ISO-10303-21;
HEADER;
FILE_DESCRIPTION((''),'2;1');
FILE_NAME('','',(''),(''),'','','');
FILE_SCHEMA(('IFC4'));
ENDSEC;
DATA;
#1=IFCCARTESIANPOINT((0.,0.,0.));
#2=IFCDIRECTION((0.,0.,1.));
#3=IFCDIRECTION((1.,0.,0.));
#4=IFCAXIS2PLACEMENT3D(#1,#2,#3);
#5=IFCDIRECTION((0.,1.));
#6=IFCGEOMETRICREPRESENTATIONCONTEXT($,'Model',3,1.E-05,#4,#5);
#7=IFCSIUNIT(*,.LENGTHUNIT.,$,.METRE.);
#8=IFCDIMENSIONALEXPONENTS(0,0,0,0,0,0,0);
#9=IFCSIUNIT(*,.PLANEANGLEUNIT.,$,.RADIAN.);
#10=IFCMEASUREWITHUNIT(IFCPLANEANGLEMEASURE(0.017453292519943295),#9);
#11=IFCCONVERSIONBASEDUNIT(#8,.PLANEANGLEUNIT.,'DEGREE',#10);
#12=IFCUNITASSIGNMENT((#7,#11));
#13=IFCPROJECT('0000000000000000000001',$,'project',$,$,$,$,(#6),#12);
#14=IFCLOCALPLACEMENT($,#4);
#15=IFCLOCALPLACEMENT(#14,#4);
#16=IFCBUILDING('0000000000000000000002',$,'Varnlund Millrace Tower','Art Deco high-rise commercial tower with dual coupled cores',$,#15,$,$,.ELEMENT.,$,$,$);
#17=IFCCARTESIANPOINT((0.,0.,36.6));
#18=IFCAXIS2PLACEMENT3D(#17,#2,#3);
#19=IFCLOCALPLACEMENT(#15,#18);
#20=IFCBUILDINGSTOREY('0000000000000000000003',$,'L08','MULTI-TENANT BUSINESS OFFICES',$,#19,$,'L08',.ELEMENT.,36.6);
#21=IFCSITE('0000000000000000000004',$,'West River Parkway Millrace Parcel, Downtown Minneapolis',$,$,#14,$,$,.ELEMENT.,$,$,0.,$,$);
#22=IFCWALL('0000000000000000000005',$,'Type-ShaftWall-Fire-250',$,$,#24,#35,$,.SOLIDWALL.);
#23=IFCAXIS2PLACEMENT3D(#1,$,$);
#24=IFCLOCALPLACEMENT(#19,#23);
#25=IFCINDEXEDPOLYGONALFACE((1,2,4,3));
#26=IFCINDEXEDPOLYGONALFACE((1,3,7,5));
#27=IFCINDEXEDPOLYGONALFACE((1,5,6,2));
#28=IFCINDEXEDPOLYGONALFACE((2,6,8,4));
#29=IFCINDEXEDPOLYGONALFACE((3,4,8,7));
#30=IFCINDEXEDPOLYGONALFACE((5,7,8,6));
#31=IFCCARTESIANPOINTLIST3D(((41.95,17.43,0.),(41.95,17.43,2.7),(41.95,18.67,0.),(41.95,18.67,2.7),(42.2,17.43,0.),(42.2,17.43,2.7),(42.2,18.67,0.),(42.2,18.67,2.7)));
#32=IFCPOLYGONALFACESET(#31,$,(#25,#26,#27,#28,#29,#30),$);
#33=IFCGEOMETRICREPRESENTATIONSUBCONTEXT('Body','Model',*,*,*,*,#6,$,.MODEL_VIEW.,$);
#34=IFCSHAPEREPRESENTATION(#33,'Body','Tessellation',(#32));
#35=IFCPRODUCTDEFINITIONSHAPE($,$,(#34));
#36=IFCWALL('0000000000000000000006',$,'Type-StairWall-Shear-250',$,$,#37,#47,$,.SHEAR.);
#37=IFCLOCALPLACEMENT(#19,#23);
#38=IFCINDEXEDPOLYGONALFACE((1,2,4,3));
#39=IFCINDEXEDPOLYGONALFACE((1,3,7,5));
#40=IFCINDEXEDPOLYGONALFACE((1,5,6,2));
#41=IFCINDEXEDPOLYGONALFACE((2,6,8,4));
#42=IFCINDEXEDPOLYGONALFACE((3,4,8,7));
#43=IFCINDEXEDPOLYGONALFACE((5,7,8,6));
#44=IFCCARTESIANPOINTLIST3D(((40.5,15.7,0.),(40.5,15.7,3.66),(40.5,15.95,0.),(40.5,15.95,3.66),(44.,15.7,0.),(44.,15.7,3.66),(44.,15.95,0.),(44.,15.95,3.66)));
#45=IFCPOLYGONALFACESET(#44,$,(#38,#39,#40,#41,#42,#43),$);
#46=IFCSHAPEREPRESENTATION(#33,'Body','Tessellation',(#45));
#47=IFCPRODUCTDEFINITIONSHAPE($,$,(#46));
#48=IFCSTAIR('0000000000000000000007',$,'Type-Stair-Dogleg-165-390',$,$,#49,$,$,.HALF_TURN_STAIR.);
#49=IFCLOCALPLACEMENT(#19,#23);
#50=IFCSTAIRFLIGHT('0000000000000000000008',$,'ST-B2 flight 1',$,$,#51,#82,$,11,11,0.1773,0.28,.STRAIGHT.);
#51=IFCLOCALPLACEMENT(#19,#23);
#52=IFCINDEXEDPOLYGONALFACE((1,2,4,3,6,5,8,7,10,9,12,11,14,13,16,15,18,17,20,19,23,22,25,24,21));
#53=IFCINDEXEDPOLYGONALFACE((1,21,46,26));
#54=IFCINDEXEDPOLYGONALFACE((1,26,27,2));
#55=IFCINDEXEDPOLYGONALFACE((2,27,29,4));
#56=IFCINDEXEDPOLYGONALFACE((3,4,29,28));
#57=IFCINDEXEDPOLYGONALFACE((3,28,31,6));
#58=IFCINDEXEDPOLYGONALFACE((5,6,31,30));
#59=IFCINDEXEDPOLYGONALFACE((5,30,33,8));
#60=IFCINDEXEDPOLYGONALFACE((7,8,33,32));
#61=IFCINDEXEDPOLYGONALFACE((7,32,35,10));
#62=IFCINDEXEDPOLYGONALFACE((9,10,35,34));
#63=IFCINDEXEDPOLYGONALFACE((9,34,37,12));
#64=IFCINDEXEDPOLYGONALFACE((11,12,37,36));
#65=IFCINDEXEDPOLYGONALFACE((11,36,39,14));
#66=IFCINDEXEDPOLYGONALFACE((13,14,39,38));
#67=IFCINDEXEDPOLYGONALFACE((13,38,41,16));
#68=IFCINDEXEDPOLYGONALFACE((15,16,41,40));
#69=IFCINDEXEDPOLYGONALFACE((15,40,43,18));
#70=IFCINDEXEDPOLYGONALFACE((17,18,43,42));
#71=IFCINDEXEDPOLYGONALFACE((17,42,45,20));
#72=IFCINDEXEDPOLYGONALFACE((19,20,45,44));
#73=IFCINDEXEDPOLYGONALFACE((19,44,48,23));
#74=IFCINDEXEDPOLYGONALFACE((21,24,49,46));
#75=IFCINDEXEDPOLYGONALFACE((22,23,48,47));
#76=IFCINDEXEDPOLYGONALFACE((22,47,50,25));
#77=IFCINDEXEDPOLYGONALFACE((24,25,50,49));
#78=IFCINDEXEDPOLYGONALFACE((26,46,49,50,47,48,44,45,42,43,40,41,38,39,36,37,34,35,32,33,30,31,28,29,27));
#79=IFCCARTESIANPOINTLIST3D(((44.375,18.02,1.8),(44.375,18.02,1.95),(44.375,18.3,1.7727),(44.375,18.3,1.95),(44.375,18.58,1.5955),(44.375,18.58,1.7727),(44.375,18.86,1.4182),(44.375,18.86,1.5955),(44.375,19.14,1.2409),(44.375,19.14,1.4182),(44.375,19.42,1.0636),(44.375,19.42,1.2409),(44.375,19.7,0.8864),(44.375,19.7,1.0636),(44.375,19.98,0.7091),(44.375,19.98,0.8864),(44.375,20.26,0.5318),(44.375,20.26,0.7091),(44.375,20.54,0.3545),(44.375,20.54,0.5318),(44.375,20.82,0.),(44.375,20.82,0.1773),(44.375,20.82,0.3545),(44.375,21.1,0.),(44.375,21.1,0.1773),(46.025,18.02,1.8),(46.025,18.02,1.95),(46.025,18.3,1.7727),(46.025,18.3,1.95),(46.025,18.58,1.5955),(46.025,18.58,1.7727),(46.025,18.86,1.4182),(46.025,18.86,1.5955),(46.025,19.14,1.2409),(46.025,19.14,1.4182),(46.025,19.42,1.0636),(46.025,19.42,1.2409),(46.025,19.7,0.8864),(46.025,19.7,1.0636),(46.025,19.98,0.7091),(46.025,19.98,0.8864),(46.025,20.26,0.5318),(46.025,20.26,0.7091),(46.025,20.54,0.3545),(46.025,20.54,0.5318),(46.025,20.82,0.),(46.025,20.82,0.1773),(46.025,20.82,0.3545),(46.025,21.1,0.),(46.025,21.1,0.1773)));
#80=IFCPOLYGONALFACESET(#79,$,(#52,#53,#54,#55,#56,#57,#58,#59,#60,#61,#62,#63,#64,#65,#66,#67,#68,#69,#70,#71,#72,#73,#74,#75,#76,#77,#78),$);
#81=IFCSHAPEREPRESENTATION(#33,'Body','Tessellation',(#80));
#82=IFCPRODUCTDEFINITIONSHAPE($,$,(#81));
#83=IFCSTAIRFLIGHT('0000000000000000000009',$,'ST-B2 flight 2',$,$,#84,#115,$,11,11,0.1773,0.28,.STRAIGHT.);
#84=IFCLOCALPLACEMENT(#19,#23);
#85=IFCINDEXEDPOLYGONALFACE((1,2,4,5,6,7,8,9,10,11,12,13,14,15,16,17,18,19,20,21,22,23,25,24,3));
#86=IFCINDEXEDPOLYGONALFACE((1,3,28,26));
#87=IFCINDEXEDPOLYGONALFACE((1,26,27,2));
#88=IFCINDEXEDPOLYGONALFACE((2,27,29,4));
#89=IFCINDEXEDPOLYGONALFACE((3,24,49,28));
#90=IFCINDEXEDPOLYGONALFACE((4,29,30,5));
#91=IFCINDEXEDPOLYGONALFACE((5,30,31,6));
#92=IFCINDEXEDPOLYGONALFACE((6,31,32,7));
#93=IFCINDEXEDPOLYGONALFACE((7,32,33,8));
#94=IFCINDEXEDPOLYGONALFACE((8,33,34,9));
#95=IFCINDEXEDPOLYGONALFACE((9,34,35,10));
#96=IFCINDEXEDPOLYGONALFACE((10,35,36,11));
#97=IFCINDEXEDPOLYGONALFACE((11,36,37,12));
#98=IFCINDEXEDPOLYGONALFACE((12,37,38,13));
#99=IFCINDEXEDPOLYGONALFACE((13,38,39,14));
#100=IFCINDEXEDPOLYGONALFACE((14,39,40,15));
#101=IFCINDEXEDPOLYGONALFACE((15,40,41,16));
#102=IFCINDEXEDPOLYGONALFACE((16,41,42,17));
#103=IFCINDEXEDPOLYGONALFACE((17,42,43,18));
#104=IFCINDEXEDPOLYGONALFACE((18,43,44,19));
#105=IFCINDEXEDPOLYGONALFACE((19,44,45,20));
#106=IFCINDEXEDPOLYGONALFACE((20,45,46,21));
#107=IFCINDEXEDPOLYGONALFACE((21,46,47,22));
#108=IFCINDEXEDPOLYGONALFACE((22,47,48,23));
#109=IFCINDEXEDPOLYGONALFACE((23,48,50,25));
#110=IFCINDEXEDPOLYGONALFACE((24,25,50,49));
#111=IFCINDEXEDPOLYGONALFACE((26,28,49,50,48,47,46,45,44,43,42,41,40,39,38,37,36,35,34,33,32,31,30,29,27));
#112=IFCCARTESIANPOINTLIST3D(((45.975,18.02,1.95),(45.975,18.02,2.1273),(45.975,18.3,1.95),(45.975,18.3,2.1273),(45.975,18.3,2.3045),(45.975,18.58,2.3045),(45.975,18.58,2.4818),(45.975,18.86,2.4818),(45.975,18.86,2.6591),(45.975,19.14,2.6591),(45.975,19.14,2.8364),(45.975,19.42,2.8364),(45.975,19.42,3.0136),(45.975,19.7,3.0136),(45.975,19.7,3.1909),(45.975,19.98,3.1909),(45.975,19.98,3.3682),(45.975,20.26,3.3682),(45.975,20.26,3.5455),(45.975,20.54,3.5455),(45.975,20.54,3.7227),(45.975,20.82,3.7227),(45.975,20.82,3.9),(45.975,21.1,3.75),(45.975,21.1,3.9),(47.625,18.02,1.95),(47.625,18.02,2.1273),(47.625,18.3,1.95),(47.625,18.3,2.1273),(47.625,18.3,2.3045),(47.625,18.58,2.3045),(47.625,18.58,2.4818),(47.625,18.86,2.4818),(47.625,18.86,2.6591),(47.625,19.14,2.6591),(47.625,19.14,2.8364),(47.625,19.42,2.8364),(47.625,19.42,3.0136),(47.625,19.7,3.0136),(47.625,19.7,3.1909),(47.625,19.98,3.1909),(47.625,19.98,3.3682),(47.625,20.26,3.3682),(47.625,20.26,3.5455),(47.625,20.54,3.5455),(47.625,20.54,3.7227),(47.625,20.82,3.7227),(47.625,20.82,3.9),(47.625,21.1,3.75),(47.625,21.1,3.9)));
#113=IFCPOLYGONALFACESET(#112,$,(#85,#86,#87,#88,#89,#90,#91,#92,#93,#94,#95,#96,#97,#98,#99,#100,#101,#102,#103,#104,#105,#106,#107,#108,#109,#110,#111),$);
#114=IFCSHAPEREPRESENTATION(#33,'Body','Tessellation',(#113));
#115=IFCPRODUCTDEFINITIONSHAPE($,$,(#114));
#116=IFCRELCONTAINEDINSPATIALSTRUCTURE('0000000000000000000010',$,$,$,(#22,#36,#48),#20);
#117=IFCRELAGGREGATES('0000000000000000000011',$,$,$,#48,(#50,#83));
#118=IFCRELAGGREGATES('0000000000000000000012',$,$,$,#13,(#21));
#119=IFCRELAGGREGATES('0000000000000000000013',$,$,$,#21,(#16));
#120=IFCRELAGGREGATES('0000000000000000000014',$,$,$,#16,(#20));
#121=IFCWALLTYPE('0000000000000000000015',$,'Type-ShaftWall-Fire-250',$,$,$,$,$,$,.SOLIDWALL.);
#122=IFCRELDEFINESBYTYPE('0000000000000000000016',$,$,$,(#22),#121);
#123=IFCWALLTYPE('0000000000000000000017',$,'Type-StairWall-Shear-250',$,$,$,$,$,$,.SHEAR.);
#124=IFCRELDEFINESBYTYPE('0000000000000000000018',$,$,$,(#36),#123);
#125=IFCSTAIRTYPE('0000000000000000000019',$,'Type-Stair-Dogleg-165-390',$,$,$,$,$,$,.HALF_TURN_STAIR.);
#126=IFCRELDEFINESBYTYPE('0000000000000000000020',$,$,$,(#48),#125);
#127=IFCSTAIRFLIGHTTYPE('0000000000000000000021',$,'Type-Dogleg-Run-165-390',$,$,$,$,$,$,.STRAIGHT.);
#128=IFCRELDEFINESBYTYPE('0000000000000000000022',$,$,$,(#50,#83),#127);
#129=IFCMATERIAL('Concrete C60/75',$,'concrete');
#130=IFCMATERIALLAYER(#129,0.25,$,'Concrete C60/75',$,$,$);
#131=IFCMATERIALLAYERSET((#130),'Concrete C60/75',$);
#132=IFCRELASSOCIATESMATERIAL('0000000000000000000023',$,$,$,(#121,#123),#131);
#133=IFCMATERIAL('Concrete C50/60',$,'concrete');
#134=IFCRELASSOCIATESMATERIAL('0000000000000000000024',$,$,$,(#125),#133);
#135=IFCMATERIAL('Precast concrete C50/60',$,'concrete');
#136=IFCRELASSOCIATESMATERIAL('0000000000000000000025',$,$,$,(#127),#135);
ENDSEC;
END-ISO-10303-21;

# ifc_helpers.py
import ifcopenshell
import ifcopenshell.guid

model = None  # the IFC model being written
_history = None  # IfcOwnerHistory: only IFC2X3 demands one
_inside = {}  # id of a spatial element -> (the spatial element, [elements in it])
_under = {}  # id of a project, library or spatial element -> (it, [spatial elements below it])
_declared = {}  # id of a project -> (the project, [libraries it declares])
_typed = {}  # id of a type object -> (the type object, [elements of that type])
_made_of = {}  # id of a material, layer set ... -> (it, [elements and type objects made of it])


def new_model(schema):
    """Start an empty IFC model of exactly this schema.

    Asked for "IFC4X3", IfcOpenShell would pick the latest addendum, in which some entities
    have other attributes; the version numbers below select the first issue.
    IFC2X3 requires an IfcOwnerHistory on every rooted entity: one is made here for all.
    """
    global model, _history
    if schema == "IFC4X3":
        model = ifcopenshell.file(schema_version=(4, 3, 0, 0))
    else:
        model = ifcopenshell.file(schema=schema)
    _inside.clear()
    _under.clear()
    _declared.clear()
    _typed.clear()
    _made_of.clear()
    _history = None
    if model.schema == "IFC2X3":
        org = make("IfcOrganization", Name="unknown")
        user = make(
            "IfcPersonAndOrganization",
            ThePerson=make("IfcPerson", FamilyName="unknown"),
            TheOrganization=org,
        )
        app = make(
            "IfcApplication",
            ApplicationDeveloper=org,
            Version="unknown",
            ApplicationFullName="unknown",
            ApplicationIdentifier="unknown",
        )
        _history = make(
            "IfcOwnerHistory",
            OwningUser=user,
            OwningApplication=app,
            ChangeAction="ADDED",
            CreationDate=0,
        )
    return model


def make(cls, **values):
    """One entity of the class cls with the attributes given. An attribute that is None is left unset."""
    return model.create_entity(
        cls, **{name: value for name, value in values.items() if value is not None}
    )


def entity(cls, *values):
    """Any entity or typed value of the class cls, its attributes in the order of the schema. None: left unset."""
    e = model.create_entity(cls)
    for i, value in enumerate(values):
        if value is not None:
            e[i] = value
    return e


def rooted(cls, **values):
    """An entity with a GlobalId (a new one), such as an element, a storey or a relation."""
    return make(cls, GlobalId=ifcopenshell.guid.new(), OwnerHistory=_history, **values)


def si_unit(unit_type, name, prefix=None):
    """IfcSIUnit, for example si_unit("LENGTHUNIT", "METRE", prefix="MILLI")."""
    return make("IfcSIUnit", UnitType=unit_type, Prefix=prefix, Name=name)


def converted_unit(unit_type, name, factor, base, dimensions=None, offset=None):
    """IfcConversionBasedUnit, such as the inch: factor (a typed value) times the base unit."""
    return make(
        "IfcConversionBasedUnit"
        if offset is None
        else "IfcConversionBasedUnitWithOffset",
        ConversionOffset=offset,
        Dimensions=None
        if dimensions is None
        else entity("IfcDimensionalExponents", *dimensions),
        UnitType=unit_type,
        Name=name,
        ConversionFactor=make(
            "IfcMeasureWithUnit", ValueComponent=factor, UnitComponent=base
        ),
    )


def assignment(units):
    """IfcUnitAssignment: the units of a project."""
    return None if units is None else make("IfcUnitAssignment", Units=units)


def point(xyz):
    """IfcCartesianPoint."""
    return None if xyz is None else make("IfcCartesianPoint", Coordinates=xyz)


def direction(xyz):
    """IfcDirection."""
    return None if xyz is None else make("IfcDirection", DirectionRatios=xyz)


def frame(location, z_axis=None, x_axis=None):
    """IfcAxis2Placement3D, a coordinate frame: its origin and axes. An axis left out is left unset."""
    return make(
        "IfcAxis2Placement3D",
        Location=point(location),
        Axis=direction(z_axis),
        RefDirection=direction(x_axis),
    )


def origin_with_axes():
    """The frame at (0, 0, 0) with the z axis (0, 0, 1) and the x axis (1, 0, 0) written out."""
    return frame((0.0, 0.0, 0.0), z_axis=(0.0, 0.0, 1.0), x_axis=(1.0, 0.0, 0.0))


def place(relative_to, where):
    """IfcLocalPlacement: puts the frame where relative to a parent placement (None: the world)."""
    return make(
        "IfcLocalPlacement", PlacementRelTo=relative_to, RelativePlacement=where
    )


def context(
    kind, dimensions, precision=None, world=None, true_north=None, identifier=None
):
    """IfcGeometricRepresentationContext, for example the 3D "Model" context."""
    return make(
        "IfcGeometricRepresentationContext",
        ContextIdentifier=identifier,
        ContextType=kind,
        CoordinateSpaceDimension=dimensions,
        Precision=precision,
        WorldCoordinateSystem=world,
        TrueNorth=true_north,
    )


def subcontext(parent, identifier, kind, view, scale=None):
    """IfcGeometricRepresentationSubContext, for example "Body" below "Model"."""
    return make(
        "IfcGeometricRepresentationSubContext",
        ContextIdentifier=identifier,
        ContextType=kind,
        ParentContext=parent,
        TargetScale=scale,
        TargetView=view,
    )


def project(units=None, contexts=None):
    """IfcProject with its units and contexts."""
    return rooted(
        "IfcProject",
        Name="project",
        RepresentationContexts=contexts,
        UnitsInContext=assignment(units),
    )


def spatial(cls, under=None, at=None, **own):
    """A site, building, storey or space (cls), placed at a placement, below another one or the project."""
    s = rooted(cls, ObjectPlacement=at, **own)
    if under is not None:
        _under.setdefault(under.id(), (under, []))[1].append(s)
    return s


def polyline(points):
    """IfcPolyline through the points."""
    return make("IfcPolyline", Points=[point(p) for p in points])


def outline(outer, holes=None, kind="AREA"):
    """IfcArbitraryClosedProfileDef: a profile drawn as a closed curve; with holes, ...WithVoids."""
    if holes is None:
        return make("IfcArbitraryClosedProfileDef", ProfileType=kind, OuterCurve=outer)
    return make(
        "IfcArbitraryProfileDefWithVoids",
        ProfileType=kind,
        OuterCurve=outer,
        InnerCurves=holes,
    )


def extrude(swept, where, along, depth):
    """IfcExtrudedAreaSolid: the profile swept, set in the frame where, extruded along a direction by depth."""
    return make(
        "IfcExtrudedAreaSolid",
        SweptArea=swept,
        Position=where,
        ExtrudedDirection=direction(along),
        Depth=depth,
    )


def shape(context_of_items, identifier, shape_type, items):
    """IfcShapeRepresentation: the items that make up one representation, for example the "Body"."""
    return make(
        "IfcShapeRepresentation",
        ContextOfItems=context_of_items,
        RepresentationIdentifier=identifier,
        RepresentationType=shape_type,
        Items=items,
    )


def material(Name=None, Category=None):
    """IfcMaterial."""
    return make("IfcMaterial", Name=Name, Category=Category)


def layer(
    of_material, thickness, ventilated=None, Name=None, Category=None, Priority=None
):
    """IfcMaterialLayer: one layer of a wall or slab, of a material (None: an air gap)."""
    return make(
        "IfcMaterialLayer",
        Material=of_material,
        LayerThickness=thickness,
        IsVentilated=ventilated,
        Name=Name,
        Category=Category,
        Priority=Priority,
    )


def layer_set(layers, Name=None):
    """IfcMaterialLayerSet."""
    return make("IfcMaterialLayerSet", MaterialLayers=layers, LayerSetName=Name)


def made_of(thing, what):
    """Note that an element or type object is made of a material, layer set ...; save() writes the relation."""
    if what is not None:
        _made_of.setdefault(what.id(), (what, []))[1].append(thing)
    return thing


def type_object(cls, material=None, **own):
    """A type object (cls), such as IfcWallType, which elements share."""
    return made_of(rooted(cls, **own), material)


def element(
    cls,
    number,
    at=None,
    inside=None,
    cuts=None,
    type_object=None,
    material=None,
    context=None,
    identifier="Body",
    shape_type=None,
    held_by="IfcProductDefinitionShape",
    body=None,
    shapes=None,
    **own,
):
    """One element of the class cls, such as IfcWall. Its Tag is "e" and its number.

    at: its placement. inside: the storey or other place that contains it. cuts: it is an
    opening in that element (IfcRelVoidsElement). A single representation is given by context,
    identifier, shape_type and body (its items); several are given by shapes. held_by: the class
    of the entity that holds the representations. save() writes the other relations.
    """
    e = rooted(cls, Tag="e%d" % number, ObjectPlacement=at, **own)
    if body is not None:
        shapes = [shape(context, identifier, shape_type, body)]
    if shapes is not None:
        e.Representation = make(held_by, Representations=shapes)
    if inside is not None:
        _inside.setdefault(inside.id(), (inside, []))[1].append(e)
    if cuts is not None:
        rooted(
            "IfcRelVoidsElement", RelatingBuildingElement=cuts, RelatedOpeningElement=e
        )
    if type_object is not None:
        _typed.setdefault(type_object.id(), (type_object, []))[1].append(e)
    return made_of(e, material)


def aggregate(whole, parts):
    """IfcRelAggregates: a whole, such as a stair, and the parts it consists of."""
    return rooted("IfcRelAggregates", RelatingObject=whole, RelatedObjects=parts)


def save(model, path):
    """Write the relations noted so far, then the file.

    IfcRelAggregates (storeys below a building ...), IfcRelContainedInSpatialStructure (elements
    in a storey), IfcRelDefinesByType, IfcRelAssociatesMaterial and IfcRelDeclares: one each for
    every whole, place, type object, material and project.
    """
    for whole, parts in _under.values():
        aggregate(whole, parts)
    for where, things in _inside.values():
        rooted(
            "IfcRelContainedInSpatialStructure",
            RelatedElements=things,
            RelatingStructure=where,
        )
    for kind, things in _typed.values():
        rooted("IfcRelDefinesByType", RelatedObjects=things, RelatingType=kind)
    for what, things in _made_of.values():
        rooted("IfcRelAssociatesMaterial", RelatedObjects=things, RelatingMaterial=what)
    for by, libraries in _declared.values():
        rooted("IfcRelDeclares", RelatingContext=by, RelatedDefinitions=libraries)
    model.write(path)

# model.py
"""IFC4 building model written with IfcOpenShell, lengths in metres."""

from ifc_helpers import new_model, entity, si_unit, converted_unit, direction, frame, origin_with_axes, place, context, subcontext, project, spatial, polyline, outline, extrude, material, layer, layer_set, type_object, element, aggregate, save


model = new_model("IFC4")

# Units and contexts
model_context = context("Model", 3, precision=1e-05, world=origin_with_axes(), true_north=direction((0.0, 1.0)))
body_context = subcontext(model_context, "Body", "Model", "MODEL_VIEW")
ifc_project = project(units=[si_unit("LENGTHUNIT", "METRE"), converted_unit("PLANEANGLEUNIT", "DEGREE", entity("IfcPlaneAngleMeasure", 0.017453292519943295), si_unit("PLANEANGLEUNIT", "RADIAN"), dimensions=[0, 0, 0, 0, 0, 0, 0])], contexts=[model_context])

# Site, building, storey
site_placement = place(None, origin_with_axes())
site = spatial("IfcSite", under=ifc_project, at=site_placement, Name="West River Parkway Millrace Parcel, Downtown Minneapolis", CompositionType="ELEMENT", RefElevation=0.0)
building_placement = place(site_placement, origin_with_axes())
building = spatial("IfcBuilding", under=site, at=building_placement, Name="Varnlund Millrace Tower", Description="Art Deco high-rise commercial tower with dual coupled cores", CompositionType="ELEMENT")
storey_placement = place(building_placement, frame((0.0, 0.0, 36.6), z_axis=(0.0, 0.0, 1.0), x_axis=(1.0, 0.0, 0.0)))
storey = spatial("IfcBuildingStorey", under=building, at=storey_placement, Name="L08", Description="MULTI-TENANT BUSINESS OFFICES", LongName="L08", CompositionType="ELEMENT", Elevation=36.6)

# Shared definitions
ifc_material_1 = material(Name="Precast concrete C50/60", Category="concrete")

# Shared definitions
ifc_material_2 = material(Name="Concrete C60/75", Category="concrete")
ifc_layer_1 = layer(ifc_material_2, 0.25, Name="Concrete C60/75")
ifc_layer_set_1 = layer_set([ifc_layer_1], Name="Concrete C60/75")
wall_type_1 = type_object("IfcWallType", Name="Type-ShaftWall-Fire-250", PredefinedType="SOLIDWALL", material=ifc_layer_set_1)

# Walls
wall_1_placement = place(storey_placement, frame((42.075, 17.43, 0.0), z_axis=(0.0, 0.0, 1.0), x_axis=(0.0, 1.0, 0.0)))
element("IfcWall", 1, at=wall_1_placement, inside=storey, type_object=wall_type_1, Name="Type-ShaftWall-Fire-250", PredefinedType="SOLIDWALL", context=body_context, shape_type="SweptSolid", body=[
    extrude(outline(polyline([(0.0, -0.125), (1.24, -0.125), (1.24, 0.125), (0.0, 0.125), (0.0, -0.125)])), origin_with_axes(), (0.0, 0.0, 1.0), 2.7),
])
wall_type_2 = type_object("IfcWallType", Name="Type-StairWall-Shear-250", PredefinedType="SHEAR", material=ifc_layer_set_1)
wall_2_placement = place(storey_placement, frame((40.5, 15.825, 0.0), z_axis=(0.0, 0.0, 1.0), x_axis=(1.0, 0.0, 0.0)))
element("IfcWall", 2, at=wall_2_placement, inside=storey, type_object=wall_type_2, Name="Type-StairWall-Shear-250", PredefinedType="SHEAR", context=body_context, shape_type="SweptSolid", body=[
    extrude(outline(polyline([(0.0, -0.125), (3.5, -0.125), (3.5, 0.125), (0.0, 0.125), (0.0, -0.125)])), origin_with_axes(), (0.0, 0.0, 1.0), 3.66),
])

# Stair, stair flights
ifc_material_3 = material(Name="Concrete C50/60", Category="concrete")
stair_type = type_object("IfcStairType", Name="Type-Stair-Dogleg-165-390", PredefinedType="HALF_TURN_STAIR", material=ifc_material_3)
stair_placement = place(storey_placement, origin_with_axes())
stair = element("IfcStair", 3, at=stair_placement, inside=storey, type_object=stair_type, Name="Type-Stair-Dogleg-165-390", PredefinedType="HALF_TURN_STAIR")
stair_flight_type = type_object("IfcStairFlightType", Name="Type-Dogleg-Run-165-390", PredefinedType="STRAIGHT", material=ifc_material_1)
stair_flight_1_placement = place(storey_placement, frame((46.025, 21.1, 0.0), z_axis=(-1.0, 0.0, 0.0), x_axis=(0.0, -1.0, 0.0)))
stair_flight_1 = element("IfcStairFlight", 4, at=stair_flight_1_placement, type_object=stair_flight_type, Name="ST-B2 flight 1", NumberOfRisers=11, NumberOfTreads=11, PredefinedType="STRAIGHT", RiserHeight=0.1773, TreadLength=0.28, context=body_context, shape_type="SweptSolid", body=[
    extrude(outline(polyline([(0.0, 0.0), (0.0, 0.1773), (0.28, 0.1773), (0.28, 0.3545), (0.56, 0.3545), (0.56, 0.5318), (0.84, 0.5318), (0.84, 0.7091), (1.12, 0.7091), (1.12, 0.8864), (1.4, 0.8864), (1.4, 1.0636), (1.68, 1.0636), (1.68, 1.2409), (1.96, 1.2409), (1.96, 1.4182), (2.24, 1.4182), (2.24, 1.5955), (2.52, 1.5955), (2.52, 1.7727), (2.8, 1.7727), (2.8, 1.95), (3.08, 1.95), (3.08, 1.8), (0.28, 0.0), (0.0, 0.0)])), origin_with_axes(), (0.0, 0.0, 1.0), 1.65),
])
stair_flight_2_placement = place(storey_placement, frame((45.975, 18.02, 1.95), z_axis=(1.0, 0.0, 0.0), x_axis=(0.0, 1.0, 0.0)))
stair_flight_2 = element("IfcStairFlight", 5, at=stair_flight_2_placement, type_object=stair_flight_type, Name="ST-B2 flight 2", NumberOfRisers=11, NumberOfTreads=11, PredefinedType="STRAIGHT", RiserHeight=0.1773, TreadLength=0.28, context=body_context, shape_type="SweptSolid", body=[
    extrude(outline(polyline([(0.0, 0.0), (0.0, 0.1773), (0.28, 0.1773), (0.28, 0.3545), (0.56, 0.3545), (0.56, 0.5318), (0.84, 0.5318), (0.84, 0.7091), (1.12, 0.7091), (1.12, 0.8864), (1.4, 0.8864), (1.4, 1.0636), (1.68, 1.0636), (1.68, 1.2409), (1.96, 1.2409), (1.96, 1.4182), (2.24, 1.4182), (2.24, 1.5955), (2.52, 1.5955), (2.52, 1.7727), (2.8, 1.7727), (2.8, 1.95), (3.08, 1.95), (3.08, 1.8), (0.28, 0.0), (0.0, 0.0)])), origin_with_axes(), (0.0, 0.0, 1.0), 1.65),
])
aggregate(stair, [stair_flight_1, stair_flight_2])

save(model, "model.ifc")
